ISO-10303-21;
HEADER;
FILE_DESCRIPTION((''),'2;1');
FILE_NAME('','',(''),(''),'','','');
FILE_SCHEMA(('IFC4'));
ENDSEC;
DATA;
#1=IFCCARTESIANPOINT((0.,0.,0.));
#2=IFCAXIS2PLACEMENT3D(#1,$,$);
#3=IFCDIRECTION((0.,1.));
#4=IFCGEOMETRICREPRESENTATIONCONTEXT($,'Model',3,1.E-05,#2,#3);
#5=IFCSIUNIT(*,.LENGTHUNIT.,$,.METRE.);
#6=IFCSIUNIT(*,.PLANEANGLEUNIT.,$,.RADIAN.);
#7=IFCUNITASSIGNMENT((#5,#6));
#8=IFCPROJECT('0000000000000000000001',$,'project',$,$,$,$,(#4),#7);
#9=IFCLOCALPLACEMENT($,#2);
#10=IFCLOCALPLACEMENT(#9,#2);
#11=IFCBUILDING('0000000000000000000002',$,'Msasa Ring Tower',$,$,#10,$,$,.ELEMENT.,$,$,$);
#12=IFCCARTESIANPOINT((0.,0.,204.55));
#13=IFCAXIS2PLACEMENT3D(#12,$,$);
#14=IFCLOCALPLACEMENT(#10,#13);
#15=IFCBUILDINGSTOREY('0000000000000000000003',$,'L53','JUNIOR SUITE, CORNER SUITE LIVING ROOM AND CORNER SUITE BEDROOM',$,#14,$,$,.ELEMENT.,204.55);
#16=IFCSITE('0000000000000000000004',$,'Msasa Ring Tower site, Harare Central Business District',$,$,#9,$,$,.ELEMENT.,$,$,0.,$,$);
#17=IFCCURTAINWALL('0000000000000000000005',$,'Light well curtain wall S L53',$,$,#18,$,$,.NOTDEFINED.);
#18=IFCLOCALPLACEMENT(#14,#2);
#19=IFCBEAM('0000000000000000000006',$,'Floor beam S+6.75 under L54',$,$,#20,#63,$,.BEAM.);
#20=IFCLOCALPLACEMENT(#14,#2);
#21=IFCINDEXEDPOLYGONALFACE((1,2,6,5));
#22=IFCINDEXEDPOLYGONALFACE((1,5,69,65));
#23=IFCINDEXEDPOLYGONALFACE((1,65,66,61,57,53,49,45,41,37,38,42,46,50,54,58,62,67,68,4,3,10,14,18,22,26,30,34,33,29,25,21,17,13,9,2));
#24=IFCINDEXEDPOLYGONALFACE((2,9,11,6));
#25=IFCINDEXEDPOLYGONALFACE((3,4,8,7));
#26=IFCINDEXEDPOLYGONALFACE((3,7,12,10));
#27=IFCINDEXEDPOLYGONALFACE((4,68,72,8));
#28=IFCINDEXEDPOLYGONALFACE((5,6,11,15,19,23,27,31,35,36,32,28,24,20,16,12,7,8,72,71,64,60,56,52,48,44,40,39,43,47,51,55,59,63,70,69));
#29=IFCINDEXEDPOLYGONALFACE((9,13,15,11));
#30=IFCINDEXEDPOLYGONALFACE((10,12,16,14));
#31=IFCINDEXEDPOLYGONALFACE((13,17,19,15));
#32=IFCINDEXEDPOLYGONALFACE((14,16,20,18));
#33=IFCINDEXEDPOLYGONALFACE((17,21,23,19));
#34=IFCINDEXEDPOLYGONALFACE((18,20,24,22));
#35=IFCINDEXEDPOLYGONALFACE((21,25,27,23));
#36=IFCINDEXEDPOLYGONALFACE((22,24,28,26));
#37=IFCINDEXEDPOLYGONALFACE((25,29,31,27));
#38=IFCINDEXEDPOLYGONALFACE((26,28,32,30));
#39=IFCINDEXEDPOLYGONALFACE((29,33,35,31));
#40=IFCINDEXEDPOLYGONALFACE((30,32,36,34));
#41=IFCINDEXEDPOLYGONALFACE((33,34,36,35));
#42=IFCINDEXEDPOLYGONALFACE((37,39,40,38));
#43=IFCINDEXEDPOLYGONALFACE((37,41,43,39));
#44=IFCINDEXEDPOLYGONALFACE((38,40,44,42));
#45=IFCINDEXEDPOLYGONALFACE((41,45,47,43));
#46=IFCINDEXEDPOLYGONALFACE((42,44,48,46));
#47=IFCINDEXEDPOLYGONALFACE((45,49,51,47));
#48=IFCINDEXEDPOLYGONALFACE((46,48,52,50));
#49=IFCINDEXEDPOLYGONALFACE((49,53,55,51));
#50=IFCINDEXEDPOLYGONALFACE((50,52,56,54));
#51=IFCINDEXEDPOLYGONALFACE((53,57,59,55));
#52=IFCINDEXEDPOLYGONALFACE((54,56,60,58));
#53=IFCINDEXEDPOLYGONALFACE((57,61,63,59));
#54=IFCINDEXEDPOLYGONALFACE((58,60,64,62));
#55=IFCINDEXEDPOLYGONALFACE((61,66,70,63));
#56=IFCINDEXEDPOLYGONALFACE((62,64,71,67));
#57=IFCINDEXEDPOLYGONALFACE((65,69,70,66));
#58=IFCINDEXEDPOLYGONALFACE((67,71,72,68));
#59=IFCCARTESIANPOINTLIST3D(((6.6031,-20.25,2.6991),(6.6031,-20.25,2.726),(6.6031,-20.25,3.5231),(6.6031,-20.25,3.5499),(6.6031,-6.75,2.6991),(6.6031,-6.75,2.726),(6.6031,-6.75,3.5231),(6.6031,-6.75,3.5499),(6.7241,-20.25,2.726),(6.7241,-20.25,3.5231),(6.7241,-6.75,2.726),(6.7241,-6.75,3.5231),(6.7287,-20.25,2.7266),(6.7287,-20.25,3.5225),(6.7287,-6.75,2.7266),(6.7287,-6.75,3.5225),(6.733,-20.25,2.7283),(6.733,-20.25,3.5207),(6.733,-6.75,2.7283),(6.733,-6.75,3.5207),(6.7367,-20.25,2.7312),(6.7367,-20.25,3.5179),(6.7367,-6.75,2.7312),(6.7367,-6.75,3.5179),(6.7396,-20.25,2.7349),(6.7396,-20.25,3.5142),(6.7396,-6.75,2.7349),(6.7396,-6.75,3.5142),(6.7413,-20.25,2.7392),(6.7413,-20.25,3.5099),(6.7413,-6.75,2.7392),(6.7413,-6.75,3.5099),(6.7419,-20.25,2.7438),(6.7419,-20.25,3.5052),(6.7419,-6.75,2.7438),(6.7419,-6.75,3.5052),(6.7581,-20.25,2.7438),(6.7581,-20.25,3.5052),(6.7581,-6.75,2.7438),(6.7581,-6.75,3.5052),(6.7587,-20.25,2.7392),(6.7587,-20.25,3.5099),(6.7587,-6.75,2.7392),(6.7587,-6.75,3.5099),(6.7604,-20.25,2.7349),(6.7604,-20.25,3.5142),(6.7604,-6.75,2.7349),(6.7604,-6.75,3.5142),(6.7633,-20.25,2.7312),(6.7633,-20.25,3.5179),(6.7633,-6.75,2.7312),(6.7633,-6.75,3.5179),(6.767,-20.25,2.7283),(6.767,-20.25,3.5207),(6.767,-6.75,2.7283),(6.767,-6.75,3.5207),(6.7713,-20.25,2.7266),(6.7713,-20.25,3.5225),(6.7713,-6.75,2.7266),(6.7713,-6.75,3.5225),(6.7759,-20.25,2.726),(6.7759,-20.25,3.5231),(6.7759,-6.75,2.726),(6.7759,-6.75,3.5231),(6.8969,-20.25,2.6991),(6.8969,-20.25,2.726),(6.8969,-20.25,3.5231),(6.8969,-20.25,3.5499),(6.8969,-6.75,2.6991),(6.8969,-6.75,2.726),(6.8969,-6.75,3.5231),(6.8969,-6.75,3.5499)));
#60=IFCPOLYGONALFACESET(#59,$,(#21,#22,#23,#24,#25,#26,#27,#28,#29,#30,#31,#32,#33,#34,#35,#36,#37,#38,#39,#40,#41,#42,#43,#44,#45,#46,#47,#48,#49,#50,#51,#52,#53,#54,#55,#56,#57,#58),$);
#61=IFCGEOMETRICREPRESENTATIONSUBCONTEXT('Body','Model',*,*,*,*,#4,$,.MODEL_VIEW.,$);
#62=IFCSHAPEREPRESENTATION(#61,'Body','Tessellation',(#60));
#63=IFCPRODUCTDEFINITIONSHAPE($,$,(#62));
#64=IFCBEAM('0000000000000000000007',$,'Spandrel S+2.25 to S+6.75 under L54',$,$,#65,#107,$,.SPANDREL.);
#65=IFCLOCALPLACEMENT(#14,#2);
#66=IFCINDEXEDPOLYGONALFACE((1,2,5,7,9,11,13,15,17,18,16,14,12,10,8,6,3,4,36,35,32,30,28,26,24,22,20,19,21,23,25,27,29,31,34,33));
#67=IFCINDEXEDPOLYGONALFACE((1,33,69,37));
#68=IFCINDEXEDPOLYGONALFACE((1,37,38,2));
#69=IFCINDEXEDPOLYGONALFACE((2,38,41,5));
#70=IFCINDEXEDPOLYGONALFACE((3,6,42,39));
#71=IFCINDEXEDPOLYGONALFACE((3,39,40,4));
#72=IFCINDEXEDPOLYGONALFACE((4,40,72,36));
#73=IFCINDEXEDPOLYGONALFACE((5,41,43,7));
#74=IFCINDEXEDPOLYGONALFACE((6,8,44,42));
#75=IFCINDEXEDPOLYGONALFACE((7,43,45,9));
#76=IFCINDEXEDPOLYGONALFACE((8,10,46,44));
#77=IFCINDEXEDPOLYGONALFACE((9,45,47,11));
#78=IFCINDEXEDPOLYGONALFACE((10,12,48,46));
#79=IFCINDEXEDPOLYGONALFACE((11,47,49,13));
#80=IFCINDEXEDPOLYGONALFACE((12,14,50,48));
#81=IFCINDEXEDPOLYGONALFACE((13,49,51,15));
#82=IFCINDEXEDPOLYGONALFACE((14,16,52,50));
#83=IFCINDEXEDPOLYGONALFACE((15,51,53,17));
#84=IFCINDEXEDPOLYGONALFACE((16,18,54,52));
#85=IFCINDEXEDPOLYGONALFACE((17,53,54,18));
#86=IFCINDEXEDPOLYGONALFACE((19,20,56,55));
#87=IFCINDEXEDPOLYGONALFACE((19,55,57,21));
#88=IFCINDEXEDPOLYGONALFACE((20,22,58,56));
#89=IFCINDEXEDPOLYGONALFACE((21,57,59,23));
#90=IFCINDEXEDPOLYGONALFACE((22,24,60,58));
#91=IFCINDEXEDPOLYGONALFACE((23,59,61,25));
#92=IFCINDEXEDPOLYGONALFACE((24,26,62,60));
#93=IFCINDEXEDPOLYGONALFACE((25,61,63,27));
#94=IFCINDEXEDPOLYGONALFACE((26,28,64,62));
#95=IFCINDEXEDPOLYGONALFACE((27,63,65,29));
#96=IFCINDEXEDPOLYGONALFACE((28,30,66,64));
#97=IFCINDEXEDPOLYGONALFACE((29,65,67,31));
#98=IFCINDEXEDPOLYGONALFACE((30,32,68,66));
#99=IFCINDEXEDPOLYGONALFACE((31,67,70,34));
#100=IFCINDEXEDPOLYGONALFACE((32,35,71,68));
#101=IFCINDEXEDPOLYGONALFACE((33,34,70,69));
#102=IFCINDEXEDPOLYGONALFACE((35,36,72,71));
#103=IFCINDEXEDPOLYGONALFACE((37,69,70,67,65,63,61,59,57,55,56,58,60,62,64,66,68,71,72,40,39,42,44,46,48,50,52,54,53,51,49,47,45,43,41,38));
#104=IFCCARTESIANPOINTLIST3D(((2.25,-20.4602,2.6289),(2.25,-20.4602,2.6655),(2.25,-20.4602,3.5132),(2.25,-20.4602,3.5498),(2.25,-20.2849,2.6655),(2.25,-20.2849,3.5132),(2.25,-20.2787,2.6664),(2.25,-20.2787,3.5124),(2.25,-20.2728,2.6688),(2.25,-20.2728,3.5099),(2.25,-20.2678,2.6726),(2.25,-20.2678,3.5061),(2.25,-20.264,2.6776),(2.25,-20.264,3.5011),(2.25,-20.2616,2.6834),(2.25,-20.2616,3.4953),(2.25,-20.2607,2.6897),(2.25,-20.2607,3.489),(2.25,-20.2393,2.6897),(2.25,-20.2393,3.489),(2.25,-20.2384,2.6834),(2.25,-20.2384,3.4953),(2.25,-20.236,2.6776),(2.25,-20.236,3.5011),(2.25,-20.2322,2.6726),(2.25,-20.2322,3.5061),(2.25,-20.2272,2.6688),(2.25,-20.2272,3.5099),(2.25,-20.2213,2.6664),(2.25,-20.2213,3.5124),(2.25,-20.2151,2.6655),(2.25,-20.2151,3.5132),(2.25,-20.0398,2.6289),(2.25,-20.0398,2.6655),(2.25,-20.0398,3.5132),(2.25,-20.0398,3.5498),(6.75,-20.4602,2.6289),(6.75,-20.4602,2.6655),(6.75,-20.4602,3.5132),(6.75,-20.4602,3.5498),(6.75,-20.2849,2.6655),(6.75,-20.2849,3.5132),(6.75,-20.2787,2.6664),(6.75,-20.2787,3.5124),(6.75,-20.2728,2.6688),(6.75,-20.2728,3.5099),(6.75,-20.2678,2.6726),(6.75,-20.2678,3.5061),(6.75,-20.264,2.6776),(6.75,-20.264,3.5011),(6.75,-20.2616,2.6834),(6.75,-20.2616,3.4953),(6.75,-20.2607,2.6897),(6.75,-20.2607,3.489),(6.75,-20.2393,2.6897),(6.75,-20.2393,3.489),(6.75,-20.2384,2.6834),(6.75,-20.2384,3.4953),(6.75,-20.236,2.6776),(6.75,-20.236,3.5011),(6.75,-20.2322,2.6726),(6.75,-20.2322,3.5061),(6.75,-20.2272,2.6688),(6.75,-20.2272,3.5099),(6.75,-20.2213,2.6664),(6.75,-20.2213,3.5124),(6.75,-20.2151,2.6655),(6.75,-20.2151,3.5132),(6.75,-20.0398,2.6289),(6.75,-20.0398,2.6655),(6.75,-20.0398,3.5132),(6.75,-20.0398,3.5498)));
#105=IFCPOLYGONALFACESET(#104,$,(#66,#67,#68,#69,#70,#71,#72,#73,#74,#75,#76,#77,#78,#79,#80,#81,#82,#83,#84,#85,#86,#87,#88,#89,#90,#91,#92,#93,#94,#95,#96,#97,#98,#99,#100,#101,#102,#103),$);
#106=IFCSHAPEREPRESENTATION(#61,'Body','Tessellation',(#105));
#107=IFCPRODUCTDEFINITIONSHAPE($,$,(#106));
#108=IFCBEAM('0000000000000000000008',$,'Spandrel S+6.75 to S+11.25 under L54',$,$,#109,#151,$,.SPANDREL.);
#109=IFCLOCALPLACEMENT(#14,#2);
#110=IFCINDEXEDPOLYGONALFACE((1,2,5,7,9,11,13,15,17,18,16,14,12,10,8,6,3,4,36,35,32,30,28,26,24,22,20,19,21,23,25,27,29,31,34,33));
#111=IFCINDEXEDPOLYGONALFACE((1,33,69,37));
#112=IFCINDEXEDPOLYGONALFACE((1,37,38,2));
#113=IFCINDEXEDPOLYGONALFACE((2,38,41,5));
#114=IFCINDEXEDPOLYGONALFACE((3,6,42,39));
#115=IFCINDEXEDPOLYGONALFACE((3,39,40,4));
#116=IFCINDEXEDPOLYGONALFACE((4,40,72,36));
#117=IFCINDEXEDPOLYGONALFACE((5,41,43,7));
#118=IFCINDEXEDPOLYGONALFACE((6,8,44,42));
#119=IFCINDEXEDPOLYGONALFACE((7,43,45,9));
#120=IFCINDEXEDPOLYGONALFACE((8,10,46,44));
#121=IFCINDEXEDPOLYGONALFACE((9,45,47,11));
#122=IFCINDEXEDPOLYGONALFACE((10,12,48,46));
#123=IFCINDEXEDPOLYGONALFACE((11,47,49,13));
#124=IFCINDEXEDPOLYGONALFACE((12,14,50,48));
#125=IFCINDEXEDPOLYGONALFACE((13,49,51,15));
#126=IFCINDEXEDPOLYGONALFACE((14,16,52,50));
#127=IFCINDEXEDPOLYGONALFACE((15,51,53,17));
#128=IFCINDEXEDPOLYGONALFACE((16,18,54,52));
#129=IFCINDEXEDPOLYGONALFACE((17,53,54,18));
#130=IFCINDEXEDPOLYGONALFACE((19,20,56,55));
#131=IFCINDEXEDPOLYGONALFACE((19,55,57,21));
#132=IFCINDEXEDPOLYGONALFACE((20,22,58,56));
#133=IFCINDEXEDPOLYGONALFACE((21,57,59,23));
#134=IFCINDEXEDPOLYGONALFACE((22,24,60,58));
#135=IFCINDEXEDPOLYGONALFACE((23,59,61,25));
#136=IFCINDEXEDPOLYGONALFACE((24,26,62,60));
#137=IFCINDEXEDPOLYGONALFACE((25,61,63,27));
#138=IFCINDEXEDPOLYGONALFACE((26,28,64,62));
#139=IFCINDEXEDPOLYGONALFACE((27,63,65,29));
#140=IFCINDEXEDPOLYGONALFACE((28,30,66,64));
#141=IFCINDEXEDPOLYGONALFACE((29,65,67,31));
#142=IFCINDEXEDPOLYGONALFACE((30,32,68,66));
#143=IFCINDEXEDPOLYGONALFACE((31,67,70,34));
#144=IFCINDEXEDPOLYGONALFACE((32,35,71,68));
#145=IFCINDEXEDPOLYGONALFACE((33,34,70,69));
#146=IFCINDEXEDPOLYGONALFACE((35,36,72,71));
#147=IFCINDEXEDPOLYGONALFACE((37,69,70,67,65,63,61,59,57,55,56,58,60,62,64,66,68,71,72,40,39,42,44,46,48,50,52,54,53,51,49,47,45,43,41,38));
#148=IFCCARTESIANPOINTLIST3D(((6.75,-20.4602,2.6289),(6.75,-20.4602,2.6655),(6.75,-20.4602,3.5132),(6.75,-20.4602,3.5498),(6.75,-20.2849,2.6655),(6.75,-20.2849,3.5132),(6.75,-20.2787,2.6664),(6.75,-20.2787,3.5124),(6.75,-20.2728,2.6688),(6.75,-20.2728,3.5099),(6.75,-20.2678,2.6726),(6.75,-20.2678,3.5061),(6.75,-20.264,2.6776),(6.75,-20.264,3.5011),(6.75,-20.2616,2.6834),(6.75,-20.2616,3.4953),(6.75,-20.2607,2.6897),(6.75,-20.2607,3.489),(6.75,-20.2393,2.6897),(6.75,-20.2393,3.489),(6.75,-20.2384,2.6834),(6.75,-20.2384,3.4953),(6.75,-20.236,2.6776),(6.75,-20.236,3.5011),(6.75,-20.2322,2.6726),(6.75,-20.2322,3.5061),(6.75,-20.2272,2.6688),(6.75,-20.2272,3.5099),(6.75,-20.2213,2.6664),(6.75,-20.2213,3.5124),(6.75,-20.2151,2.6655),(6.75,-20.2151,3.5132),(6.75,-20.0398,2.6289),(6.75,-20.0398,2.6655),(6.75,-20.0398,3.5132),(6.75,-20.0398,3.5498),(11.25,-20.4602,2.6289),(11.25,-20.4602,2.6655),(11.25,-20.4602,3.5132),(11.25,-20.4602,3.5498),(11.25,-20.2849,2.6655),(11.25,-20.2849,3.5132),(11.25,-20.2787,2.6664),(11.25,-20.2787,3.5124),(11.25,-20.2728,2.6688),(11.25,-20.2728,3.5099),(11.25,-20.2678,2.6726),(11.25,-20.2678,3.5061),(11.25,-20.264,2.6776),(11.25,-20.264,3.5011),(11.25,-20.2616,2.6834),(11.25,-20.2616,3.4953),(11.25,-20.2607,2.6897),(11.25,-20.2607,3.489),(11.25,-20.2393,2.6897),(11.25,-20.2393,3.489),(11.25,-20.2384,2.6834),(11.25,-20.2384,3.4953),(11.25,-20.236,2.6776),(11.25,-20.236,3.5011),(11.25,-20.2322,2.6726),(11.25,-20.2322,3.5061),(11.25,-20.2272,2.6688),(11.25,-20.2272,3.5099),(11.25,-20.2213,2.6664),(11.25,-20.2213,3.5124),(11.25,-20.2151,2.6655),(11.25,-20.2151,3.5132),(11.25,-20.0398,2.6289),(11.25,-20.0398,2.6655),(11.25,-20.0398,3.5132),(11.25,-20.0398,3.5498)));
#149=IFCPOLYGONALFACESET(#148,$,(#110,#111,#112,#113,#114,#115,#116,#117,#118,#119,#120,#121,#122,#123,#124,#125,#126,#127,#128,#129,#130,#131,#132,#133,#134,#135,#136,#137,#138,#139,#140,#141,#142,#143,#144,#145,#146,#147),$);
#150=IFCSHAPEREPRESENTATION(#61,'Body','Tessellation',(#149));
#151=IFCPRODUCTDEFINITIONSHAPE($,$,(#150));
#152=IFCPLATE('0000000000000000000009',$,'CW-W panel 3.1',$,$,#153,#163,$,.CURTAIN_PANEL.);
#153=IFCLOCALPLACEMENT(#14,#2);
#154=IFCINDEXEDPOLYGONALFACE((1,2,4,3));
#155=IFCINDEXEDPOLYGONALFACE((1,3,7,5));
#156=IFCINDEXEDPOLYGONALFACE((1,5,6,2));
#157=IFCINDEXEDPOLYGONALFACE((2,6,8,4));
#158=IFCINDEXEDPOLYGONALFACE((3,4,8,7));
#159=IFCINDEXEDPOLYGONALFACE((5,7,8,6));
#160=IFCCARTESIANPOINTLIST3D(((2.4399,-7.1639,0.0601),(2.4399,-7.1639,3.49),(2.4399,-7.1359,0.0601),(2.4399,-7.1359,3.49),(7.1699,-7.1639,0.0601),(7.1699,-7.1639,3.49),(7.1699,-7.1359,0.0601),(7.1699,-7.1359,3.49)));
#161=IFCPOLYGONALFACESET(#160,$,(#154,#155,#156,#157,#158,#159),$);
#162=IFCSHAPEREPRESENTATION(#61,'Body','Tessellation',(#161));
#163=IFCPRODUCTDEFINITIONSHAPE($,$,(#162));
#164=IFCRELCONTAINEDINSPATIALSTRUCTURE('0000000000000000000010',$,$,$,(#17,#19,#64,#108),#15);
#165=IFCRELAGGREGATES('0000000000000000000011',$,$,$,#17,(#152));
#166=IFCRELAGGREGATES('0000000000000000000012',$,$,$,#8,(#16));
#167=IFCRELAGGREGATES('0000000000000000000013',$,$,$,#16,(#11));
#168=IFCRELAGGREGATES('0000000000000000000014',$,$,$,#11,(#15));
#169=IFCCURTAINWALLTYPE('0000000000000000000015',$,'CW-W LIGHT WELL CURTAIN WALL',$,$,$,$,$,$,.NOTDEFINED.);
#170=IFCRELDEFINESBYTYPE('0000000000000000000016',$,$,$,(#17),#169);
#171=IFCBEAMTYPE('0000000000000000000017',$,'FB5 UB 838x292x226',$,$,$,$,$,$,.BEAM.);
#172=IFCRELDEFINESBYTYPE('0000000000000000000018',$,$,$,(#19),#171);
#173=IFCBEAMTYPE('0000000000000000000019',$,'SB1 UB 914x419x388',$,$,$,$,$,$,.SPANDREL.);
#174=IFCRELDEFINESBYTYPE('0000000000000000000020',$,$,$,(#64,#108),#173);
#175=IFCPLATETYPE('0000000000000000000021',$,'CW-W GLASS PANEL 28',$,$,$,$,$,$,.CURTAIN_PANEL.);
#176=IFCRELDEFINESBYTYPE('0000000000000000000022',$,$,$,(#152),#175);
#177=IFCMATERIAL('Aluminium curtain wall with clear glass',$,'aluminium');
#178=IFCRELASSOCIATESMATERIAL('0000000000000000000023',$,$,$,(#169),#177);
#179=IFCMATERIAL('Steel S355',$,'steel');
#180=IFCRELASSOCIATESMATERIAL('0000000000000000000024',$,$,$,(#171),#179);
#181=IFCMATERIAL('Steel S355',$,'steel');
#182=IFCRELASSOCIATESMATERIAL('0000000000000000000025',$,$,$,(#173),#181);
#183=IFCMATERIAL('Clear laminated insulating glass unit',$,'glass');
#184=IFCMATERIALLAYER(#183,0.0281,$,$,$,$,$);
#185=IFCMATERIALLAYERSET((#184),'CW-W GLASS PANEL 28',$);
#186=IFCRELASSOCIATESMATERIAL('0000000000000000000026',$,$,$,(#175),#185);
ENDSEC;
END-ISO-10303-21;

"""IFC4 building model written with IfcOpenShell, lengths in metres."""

from ifc_helpers import new_model, si_unit, direction, frame, origin, origin_2d, place, context, subcontext, project, spatial, rectangle, i_section, extrude, material, layer, layer_set, material_profile, profile_set, type_object, element, aggregate, save


model = new_model("IFC4")

# Units and contexts
model_context = context("Model", 3, precision=1e-05, world=origin(), true_north=direction((0.0, 1.0)))
body_context = subcontext(model_context, "Body", "Model", "MODEL_VIEW")
ifc_project = project(units=[si_unit("LENGTHUNIT", "METRE"), si_unit("PLANEANGLEUNIT", "RADIAN")], contexts=[model_context])

# Site, building, storey
site_placement = place(None, origin())
site = spatial("IfcSite", under=ifc_project, at=site_placement, Name="Msasa Ring Tower site, Harare Central Business District", CompositionType="ELEMENT", RefElevation=0.0)
building_placement = place(site_placement, origin())
building = spatial("IfcBuilding", under=site, at=building_placement, Name="Msasa Ring Tower", CompositionType="ELEMENT")
storey_placement = place(building_placement, frame((0.0, 0.0, 204.55)))
storey = spatial("IfcBuildingStorey", under=building, at=storey_placement, Name="L53", Description="JUNIOR SUITE, CORNER SUITE LIVING ROOM AND CORNER SUITE BEDROOM", CompositionType="ELEMENT", Elevation=204.55)

# Curtain wall
ifc_material_1 = material(Name="Aluminium curtain wall with clear glass", Category="aluminium")
curtain_wall_type = type_object("IfcCurtainWallType", Name="CW-W LIGHT WELL CURTAIN WALL", PredefinedType="NOTDEFINED", material=ifc_material_1)
curtain_wall_1_placement = place(storey_placement, origin())
curtain_wall_1 = element("IfcCurtainWall", 1, at=curtain_wall_1_placement, inside=storey, type_object=curtain_wall_type, Name="Light well curtain wall S L53", PredefinedType="NOTDEFINED")

# Beams
ifc_material_2 = material(Name="Steel S355", Category="steel")
ifc_material_profile_1 = material_profile(ifc_material_2, i_section(OverallWidth=0.2937, OverallDepth=0.8508, WebThickness=0.0161, FlangeThickness=0.0269, FilletRadius=0.0178, at=origin_2d()), Name="UB 838x292x226")
ifc_profile_set_1 = profile_set([ifc_material_profile_1], Name="Steel S355")
beam_type_1 = type_object("IfcBeamType", Name="FB5 UB 838x292x226", PredefinedType="BEAM", material=ifc_profile_set_1)
for number, where, z_axis, x_axis, name in (
    (2, (6.75, -20.25, 3.1245), (0.0, 1.0, 0.0), (-1.0, 0.0, 0.0), "Floor beam S+6.75 under L54"),
):
    element("IfcBeam", number, at=place(storey_placement, frame(where, z_axis=z_axis, x_axis=x_axis)), inside=storey, type_object=beam_type_1, Name=name, PredefinedType="BEAM", context=body_context, shape_type="SweptSolid", body=[
        extrude(i_section(OverallWidth=0.2937, OverallDepth=0.8508, WebThickness=0.0161, FlangeThickness=0.0269, FilletRadius=0.0178, at=origin_2d()), origin(), (0.0, 0.0, 1.0), 13.5),
    ])
ifc_material_3 = material(Name="Steel S355", Category="steel")
ifc_material_profile_2 = material_profile(ifc_material_3, i_section(OverallWidth=0.4204, OverallDepth=0.9209, WebThickness=0.0215, FlangeThickness=0.0366, FilletRadius=0.0242, at=origin_2d()), Name="UB 914x419x388")
ifc_profile_set_2 = profile_set([ifc_material_profile_2], Name="Steel S355")
beam_type_2 = type_object("IfcBeamType", Name="SB1 UB 914x419x388", PredefinedType="SPANDREL", material=ifc_profile_set_2)
for number, where, z_axis, x_axis, name in (
    (3, (2.25, -20.25, 3.0894), (1.0, 0.0, 0.0), (0.0, 1.0, 0.0), "Spandrel S+2.25 to S+6.75 under L54"),
    (4, (6.75, -20.25, 3.0894), (1.0, 0.0, 0.0), (0.0, 1.0, 0.0), "Spandrel S+6.75 to S+11.25 under L54"),
):
    element("IfcBeam", number, at=place(storey_placement, frame(where, z_axis=z_axis, x_axis=x_axis)), inside=storey, type_object=beam_type_2, Name=name, PredefinedType="SPANDREL", context=body_context, shape_type="SweptSolid", body=[
        extrude(i_section(OverallWidth=0.4204, OverallDepth=0.9209, WebThickness=0.0215, FlangeThickness=0.0366, FilletRadius=0.0242, at=origin_2d()), origin(), (0.0, 0.0, 1.0), 4.5),
    ])

# Plate
ifc_material_4 = material(Name="Clear laminated insulating glass unit", Category="glass")
ifc_layer_1 = layer(ifc_material_4, 0.0281)
ifc_layer_set_1 = layer_set([ifc_layer_1], Name="CW-W GLASS PANEL 28")
plate_type = type_object("IfcPlateType", Name="CW-W GLASS PANEL 28", PredefinedType="CURTAIN_PANEL", material=ifc_layer_set_1)
plate_placement = place(storey_placement, frame((4.8049, -7.1499, 0.0601), z_axis=(0.0, 0.0, 1.0), x_axis=(1.0, 0.0, 0.0)))
plate = element("IfcPlate", 5, at=plate_placement, type_object=plate_type, Name="CW-W panel 3.1", PredefinedType="CURTAIN_PANEL", context=body_context, shape_type="SweptSolid", body=[
    extrude(rectangle(XDim=4.73, YDim=0.0281, at=origin_2d()), origin(), (0.0, 0.0, 1.0), 3.4299),
])
aggregate(curtain_wall_1, [plate])

save(model, "model.ifc")
